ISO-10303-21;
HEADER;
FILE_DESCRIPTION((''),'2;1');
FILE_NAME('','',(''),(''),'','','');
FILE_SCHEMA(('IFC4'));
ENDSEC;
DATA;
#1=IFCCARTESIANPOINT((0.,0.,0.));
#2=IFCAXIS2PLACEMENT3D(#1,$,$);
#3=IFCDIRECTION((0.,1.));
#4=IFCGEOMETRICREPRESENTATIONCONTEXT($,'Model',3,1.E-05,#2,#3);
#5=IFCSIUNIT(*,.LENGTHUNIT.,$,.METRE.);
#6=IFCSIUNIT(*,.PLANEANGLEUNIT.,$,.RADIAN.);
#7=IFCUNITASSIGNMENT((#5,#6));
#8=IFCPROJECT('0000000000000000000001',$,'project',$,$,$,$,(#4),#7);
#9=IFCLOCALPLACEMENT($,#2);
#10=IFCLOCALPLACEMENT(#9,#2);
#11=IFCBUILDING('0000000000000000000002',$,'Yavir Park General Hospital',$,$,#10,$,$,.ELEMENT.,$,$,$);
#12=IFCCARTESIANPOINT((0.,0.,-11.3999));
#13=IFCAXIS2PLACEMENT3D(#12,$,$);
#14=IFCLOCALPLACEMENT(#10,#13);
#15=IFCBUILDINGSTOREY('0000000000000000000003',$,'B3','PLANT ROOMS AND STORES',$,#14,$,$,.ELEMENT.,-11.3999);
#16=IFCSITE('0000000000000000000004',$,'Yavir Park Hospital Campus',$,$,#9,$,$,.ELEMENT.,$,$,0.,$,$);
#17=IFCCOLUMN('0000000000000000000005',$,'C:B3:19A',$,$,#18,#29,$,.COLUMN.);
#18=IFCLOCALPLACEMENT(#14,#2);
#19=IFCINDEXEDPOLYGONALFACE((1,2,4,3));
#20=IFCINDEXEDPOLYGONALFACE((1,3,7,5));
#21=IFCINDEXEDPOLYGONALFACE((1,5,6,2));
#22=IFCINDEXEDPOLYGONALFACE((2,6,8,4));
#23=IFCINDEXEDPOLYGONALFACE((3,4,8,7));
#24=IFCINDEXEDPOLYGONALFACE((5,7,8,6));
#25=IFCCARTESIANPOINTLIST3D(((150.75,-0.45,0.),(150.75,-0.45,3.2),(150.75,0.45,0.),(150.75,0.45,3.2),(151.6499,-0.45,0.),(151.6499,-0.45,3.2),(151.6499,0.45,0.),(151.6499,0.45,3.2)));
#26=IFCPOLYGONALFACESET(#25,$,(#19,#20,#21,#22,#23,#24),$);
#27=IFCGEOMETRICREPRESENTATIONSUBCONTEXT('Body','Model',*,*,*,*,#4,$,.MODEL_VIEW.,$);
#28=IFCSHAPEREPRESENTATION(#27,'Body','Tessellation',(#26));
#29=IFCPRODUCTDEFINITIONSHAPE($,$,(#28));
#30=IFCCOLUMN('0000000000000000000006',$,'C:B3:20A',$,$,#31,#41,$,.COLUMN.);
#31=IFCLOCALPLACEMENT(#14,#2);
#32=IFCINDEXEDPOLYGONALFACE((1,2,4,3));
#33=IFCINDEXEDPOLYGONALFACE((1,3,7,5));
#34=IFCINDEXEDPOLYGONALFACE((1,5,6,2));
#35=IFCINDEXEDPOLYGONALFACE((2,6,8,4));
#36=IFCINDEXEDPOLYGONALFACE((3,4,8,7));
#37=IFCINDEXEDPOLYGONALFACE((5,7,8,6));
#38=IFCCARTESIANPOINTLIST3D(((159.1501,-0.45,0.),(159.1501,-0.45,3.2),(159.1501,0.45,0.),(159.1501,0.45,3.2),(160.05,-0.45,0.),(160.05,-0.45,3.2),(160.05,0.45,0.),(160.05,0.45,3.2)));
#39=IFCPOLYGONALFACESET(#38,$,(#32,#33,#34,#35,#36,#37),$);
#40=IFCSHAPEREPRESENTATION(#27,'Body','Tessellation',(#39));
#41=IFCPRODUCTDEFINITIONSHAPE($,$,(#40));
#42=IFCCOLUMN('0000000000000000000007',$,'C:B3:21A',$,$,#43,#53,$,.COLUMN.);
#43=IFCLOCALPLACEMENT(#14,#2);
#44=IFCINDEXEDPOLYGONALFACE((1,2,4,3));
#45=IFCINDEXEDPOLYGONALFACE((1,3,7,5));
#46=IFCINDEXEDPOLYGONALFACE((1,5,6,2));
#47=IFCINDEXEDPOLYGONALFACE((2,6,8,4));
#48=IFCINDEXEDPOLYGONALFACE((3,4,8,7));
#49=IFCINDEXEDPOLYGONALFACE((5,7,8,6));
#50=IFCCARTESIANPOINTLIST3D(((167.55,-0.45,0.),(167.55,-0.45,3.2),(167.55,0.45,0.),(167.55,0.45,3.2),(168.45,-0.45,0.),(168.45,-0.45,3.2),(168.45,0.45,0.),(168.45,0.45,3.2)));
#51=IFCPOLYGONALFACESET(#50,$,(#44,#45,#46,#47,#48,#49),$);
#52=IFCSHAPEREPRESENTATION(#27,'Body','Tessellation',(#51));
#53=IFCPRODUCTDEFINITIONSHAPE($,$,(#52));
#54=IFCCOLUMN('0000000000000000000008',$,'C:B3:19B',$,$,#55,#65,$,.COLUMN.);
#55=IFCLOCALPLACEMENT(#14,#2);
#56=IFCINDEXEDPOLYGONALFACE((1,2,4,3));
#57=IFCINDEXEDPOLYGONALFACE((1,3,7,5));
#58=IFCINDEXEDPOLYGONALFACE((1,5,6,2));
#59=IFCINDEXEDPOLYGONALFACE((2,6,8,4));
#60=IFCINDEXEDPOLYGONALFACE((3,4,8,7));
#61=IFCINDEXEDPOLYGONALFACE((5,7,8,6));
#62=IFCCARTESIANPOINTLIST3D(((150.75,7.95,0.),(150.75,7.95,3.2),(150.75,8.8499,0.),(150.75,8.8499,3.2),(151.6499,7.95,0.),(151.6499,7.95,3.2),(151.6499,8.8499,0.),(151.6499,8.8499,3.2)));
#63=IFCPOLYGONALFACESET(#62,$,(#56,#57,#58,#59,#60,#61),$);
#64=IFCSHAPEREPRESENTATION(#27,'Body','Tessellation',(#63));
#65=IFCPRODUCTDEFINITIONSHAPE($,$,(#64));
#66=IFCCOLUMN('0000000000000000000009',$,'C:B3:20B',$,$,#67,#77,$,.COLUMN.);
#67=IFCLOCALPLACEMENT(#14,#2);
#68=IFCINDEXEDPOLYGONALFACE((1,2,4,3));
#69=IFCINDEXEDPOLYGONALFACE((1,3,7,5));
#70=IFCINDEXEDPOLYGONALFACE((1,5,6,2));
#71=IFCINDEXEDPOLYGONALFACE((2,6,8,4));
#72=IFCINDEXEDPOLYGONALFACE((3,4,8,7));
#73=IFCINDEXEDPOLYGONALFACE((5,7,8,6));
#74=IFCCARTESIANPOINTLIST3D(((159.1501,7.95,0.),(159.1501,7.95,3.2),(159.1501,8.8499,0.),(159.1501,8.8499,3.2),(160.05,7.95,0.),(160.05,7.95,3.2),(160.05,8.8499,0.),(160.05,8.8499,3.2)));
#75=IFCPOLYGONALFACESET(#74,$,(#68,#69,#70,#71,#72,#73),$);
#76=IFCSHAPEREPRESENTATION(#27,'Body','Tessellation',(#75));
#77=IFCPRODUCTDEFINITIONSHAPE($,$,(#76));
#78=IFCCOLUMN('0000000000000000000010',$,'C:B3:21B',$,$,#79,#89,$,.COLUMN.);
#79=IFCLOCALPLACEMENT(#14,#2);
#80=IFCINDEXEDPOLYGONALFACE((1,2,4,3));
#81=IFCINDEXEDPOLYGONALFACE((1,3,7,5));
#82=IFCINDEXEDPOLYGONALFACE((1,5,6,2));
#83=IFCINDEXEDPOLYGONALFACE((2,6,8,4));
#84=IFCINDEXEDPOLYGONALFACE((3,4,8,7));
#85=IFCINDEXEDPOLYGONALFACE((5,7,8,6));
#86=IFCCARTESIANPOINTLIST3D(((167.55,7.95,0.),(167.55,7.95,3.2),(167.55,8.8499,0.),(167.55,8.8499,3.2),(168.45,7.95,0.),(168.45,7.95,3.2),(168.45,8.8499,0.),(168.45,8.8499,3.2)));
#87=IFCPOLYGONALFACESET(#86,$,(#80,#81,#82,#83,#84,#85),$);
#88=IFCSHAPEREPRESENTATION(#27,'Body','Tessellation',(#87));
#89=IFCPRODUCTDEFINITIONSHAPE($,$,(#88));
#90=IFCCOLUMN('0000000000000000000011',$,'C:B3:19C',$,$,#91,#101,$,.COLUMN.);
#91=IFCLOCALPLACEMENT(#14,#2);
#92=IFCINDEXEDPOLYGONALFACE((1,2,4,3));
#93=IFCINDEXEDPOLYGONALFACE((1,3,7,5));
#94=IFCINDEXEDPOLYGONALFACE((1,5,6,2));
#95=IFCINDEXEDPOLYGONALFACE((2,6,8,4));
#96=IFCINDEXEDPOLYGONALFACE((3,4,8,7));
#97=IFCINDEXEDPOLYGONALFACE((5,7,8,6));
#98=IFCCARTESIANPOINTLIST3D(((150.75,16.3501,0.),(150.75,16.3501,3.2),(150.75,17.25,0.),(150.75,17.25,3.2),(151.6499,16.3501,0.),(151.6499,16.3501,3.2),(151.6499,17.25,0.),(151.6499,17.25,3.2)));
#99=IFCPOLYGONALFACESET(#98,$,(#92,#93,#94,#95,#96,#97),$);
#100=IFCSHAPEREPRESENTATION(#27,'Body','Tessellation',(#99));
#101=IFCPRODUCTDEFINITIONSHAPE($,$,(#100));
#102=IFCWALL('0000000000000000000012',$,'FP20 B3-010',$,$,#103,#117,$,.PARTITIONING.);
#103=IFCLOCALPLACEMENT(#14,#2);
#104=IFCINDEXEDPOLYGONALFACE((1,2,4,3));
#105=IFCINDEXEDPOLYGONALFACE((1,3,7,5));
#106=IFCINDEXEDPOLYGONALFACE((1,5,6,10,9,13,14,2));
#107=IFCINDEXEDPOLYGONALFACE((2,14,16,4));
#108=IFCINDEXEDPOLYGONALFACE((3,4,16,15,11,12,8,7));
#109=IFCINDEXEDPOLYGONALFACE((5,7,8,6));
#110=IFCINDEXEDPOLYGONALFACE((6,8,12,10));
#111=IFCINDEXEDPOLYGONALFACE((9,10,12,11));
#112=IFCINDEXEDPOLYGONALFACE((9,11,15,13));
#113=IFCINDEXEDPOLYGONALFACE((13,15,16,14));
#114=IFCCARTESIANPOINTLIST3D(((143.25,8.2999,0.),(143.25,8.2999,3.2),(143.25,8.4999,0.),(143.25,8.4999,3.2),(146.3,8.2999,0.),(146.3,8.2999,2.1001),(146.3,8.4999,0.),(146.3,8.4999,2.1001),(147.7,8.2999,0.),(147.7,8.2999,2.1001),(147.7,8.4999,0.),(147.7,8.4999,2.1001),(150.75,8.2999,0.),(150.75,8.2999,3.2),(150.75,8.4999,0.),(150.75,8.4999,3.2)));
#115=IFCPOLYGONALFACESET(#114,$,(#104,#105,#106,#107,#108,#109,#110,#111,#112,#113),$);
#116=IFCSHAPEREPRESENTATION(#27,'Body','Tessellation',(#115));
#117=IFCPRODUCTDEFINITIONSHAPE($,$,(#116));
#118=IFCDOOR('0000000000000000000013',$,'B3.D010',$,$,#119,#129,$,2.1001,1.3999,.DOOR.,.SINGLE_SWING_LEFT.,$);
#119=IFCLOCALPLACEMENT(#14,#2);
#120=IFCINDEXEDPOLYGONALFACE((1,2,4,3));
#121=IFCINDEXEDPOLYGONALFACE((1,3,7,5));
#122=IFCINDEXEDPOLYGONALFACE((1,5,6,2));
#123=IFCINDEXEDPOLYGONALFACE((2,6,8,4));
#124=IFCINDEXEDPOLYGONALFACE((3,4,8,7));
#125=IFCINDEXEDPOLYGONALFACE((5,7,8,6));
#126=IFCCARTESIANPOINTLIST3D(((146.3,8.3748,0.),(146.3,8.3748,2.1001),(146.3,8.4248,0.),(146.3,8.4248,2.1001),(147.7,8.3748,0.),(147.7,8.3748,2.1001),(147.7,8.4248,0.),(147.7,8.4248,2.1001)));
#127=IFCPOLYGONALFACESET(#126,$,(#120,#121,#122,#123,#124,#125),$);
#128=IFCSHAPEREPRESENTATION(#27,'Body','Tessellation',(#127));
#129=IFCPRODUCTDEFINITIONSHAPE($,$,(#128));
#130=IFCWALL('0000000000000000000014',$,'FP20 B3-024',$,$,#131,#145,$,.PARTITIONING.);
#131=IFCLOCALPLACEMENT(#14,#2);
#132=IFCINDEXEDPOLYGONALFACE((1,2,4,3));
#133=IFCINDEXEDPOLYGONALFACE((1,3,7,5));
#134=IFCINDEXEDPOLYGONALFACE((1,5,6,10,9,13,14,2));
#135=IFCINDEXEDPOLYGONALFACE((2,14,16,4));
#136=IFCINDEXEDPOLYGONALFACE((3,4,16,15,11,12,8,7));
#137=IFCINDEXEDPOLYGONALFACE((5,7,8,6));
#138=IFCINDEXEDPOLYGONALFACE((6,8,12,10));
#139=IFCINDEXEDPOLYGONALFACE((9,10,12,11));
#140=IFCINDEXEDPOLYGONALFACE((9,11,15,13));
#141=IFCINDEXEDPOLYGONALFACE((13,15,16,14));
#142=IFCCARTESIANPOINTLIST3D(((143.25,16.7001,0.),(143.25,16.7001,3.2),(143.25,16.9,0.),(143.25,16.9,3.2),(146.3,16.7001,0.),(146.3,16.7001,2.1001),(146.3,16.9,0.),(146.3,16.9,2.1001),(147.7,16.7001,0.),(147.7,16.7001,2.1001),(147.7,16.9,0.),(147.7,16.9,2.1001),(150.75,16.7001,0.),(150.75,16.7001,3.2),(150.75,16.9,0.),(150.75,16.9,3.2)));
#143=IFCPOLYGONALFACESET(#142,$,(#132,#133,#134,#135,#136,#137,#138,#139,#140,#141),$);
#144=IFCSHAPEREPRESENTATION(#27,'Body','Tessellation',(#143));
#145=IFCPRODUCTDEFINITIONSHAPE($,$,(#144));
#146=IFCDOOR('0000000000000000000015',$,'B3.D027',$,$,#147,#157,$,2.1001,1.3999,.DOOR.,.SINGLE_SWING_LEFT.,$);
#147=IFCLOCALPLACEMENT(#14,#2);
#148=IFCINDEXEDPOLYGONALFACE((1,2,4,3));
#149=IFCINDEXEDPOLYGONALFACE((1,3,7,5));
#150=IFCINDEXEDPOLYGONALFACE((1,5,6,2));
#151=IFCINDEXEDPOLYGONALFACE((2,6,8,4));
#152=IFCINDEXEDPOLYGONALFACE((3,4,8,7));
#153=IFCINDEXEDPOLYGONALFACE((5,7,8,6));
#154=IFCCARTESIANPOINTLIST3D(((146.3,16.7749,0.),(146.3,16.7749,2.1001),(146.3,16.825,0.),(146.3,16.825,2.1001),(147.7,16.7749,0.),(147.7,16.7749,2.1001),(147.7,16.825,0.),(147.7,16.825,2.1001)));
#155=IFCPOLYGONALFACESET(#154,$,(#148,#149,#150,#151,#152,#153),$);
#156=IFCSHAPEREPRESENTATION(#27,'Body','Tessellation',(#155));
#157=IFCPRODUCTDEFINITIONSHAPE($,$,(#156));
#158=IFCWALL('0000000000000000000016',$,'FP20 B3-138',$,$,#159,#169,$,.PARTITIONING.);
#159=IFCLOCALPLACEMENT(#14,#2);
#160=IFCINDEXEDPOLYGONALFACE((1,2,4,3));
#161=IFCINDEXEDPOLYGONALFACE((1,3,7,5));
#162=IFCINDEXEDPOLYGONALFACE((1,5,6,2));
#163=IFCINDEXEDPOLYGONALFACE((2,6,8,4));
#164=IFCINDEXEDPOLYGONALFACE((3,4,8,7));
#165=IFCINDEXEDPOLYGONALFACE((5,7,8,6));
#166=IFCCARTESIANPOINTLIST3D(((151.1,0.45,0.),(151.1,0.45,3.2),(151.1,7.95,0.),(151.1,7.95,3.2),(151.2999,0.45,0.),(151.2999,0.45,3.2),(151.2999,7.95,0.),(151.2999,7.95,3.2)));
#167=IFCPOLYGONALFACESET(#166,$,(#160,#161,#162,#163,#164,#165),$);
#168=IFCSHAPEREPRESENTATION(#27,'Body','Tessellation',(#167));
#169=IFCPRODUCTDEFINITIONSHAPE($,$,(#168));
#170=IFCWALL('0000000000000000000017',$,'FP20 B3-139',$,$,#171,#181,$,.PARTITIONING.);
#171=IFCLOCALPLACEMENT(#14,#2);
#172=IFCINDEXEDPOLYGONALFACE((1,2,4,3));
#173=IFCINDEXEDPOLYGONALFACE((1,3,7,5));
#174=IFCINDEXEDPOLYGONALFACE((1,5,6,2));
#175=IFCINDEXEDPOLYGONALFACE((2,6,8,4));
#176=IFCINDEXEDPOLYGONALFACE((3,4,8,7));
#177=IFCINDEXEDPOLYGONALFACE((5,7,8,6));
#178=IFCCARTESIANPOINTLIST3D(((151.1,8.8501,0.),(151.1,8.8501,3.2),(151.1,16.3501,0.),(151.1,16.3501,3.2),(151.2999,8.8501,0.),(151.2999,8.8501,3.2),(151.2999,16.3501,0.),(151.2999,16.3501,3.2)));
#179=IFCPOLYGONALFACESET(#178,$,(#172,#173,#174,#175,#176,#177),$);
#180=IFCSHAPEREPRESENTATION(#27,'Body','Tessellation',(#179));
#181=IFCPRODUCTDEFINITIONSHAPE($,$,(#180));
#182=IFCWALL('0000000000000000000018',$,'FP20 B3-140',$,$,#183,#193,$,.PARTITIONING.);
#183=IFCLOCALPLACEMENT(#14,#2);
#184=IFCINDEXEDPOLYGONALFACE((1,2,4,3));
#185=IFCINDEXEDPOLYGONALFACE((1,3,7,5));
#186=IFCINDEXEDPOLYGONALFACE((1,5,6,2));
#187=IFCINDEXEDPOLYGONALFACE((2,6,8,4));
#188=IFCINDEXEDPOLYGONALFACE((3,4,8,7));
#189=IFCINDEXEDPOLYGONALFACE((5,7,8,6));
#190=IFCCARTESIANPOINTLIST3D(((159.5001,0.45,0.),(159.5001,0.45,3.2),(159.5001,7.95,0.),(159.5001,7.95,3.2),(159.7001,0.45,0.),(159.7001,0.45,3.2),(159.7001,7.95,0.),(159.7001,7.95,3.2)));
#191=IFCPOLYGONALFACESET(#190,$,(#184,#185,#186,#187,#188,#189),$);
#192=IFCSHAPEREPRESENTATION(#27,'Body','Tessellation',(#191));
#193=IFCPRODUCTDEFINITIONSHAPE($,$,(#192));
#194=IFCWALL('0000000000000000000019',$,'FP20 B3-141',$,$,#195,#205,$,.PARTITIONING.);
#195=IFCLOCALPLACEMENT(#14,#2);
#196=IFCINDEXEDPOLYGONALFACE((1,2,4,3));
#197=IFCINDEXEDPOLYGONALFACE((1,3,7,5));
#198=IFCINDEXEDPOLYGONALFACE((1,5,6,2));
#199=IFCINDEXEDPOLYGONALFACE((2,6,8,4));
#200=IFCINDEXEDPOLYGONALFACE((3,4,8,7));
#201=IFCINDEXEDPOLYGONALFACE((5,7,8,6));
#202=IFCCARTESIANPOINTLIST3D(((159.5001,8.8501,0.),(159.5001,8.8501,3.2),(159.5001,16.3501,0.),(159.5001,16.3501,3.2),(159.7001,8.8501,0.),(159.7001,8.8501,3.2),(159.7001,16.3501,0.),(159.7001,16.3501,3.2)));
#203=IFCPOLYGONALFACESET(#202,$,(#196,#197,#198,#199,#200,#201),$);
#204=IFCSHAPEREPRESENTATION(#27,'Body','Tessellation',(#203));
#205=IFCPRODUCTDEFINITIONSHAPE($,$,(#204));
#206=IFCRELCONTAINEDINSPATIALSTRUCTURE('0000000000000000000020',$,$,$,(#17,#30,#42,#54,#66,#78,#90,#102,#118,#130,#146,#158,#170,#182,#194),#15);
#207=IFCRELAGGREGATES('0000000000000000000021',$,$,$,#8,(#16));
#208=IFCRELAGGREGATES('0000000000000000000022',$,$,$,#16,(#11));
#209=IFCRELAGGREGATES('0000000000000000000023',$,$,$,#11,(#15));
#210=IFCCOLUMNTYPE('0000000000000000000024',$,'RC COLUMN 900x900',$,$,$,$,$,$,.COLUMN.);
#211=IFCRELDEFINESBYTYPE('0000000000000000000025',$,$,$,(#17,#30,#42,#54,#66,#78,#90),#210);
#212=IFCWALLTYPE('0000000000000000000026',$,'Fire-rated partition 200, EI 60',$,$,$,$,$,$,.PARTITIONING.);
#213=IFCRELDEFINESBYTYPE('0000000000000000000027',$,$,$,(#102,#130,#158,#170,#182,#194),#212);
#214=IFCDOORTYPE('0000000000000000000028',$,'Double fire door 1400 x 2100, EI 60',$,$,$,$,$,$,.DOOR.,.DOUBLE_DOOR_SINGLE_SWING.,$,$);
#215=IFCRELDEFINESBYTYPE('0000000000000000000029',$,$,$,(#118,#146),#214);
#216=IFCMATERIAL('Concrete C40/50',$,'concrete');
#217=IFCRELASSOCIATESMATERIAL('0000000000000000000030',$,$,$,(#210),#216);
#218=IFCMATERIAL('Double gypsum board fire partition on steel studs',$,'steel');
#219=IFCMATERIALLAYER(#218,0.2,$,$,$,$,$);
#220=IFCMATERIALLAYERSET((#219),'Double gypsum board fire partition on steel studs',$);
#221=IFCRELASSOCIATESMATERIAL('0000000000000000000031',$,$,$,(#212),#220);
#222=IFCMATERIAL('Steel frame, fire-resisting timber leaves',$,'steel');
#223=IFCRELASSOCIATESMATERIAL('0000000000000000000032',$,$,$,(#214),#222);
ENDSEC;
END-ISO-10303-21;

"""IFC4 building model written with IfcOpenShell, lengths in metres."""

from ifc_helpers import new_model, si_unit, direction, frame, frame_2d, origin, origin_2d, place, context, subcontext, project, spatial, rectangle, extrude, material, layer, layer_set, material_profile, profile_set, type_object, element, fill, save


model = new_model("IFC4")

# Units and contexts
model_context = context("Model", 3, precision=1e-05, world=origin(), true_north=direction((0.0, 1.0)))
body_context = subcontext(model_context, "Body", "Model", "MODEL_VIEW")
ifc_project = project(units=[si_unit("LENGTHUNIT", "METRE"), si_unit("PLANEANGLEUNIT", "RADIAN")], contexts=[model_context])

# Site, building, storey
site_placement = place(None, origin())
site = spatial("IfcSite", under=ifc_project, at=site_placement, Name="Yavir Park Hospital Campus", CompositionType="ELEMENT", RefElevation=0.0)
building_placement = place(site_placement, origin())
building = spatial("IfcBuilding", under=site, at=building_placement, Name="Yavir Park General Hospital", CompositionType="ELEMENT")
storey_placement = place(building_placement, frame((0.0, 0.0, -11.3999)))
storey = spatial("IfcBuildingStorey", under=building, at=storey_placement, Name="B3", Description="PLANT ROOMS AND STORES", CompositionType="ELEMENT", Elevation=-11.3999)

# Columns
ifc_material_1 = material(Name="Concrete C40/50", Category="concrete")
ifc_material_profile = material_profile(ifc_material_1, rectangle(XDim=0.8999, YDim=0.8999, at=origin_2d()), Name="RC900x900")
ifc_profile_set = profile_set([ifc_material_profile], Name="Concrete C40/50")
column_type = type_object("IfcColumnType", Name="RC COLUMN 900x900", PredefinedType="COLUMN", material=ifc_profile_set)
for number, where, z_axis, x_axis, name in (
    (1, (151.2, 0.0, 0.0), (0.0, 0.0, 1.0), (1.0, 0.0, 0.0), "C:B3:19A"),
    (2, (159.6001, 0.0, 0.0), (0.0, 0.0, 1.0), (1.0, 0.0, 0.0), "C:B3:20A"),
    (3, (168.0, 0.0, 0.0), (0.0, 0.0, 1.0), (1.0, 0.0, 0.0), "C:B3:21A"),
    (4, (151.2, 8.3999, 0.0), (0.0, 0.0, 1.0), (1.0, 0.0, 0.0), "C:B3:19B"),
    (5, (159.6001, 8.3999, 0.0), (0.0, 0.0, 1.0), (1.0, 0.0, 0.0), "C:B3:20B"),
    (6, (168.0, 8.3999, 0.0), (0.0, 0.0, 1.0), (1.0, 0.0, 0.0), "C:B3:21B"),
    (7, (151.2, 16.8, 0.0), (0.0, 0.0, 1.0), (1.0, 0.0, 0.0), "C:B3:19C"),
):
    element("IfcColumn", number, at=place(storey_placement, frame(where, z_axis=z_axis, x_axis=x_axis)), inside=storey, type_object=column_type, Name=name, PredefinedType="COLUMN", context=body_context, shape_type="SweptSolid", body=[
        extrude(rectangle(XDim=0.8999, YDim=0.8999, at=origin_2d()), origin(), (0.0, 0.0, 1.0), 3.2),
    ])

# Walls, openings, doors
ifc_material_2 = material(Name="Double gypsum board fire partition on steel studs", Category="steel")
ifc_layer_1 = layer(ifc_material_2, 0.2)
ifc_layer_set_1 = layer_set([ifc_layer_1], Name="Double gypsum board fire partition on steel studs")
wall_type_1 = type_object("IfcWallType", Name="Fire-rated partition 200, EI 60", PredefinedType="PARTITIONING", material=ifc_layer_set_1)
wall_1_placement = place(storey_placement, frame((143.25, 8.3999, 0.0), z_axis=(0.0, 0.0, 1.0), x_axis=(1.0, 0.0, 0.0)))
wall_1 = element("IfcWall", 8, at=wall_1_placement, inside=storey, type_object=wall_type_1, Name="FP20 B3-010", PredefinedType="PARTITIONING", context=body_context, shape_type="SweptSolid", body=[
    extrude(rectangle(XDim=7.5, YDim=0.2, at=frame_2d((3.75, 0.0))), origin(), (0.0, 0.0, 1.0), 3.2),
])
opening_1_placement = place(wall_1_placement, frame((3.05, 0.0, 0.0)))
opening_1 = element("IfcOpeningElement", 9, at=opening_1_placement, cuts=wall_1, PredefinedType="OPENING", context=body_context, shape_type="SweptSolid", body=[
    extrude(rectangle(XDim=1.3999, YDim=2.1001, at=frame_2d((0.7, 1.05))), frame((0.0, 0.1099, 0.0), z_axis=(0.0, -1.0, 0.0), x_axis=(1.0, 0.0, 0.0)), (0.0, 0.0, 1.0), 0.22),
])
ifc_material_3 = material(Name="Steel frame, fire-resisting timber leaves", Category="steel")
door_type = type_object("IfcDoorType", Name="Double fire door 1400 x 2100, EI 60", OperationType="DOUBLE_DOOR_SINGLE_SWING", PredefinedType="DOOR", material=ifc_material_3)
door_1_placement = place(opening_1_placement, origin())
door_1 = element("IfcDoor", 10, at=door_1_placement, inside=storey, type_object=door_type, Name="B3.D010", OperationType="SINGLE_SWING_LEFT", OverallHeight=2.1001, OverallWidth=1.3999, PredefinedType="DOOR", context=body_context, shape_type="SweptSolid", body=[
    extrude(rectangle(XDim=1.3999, YDim=2.1001, at=frame_2d((0.7, 1.05))), frame((0.0, 0.0249, 0.0), z_axis=(0.0, -1.0, 0.0), x_axis=(1.0, 0.0, 0.0)), (0.0, 0.0, 1.0), 0.05),
])
fill(opening_1, door_1)
wall_2_placement = place(storey_placement, frame((143.25, 16.8, 0.0), z_axis=(0.0, 0.0, 1.0), x_axis=(1.0, 0.0, 0.0)))
wall_2 = element("IfcWall", 11, at=wall_2_placement, inside=storey, type_object=wall_type_1, Name="FP20 B3-024", PredefinedType="PARTITIONING", context=body_context, shape_type="SweptSolid", body=[
    extrude(rectangle(XDim=7.5, YDim=0.2, at=frame_2d((3.75, 0.0))), origin(), (0.0, 0.0, 1.0), 3.2),
])
opening_2_placement = place(wall_2_placement, frame((3.05, 0.0, 0.0)))
opening_2 = element("IfcOpeningElement", 12, at=opening_2_placement, cuts=wall_2, PredefinedType="OPENING", context=body_context, shape_type="SweptSolid", body=[
    extrude(rectangle(XDim=1.3999, YDim=2.1001, at=frame_2d((0.7, 1.05))), frame((0.0, 0.1099, 0.0), z_axis=(0.0, -1.0, 0.0), x_axis=(1.0, 0.0, 0.0)), (0.0, 0.0, 1.0), 0.22),
])
door_2_placement = place(opening_2_placement, origin())
door_2 = element("IfcDoor", 13, at=door_2_placement, inside=storey, type_object=door_type, Name="B3.D027", OperationType="SINGLE_SWING_LEFT", OverallHeight=2.1001, OverallWidth=1.3999, PredefinedType="DOOR", context=body_context, shape_type="SweptSolid", body=[
    extrude(rectangle(XDim=1.3999, YDim=2.1001, at=frame_2d((0.7, 1.05))), frame((0.0, 0.0249, 0.0), z_axis=(0.0, -1.0, 0.0), x_axis=(1.0, 0.0, 0.0)), (0.0, 0.0, 1.0), 0.05),
])
fill(opening_2, door_2)

# Walls
for number, where, z_axis, x_axis, name in (
    (14, (151.2, 0.45, 0.0), (0.0, 0.0, 1.0), (0.0, 1.0, 0.0), "FP20 B3-138"),
    (15, (151.2, 8.8501, 0.0), (0.0, 0.0, 1.0), (0.0, 1.0, 0.0), "FP20 B3-139"),
    (16, (159.6001, 0.45, 0.0), (0.0, 0.0, 1.0), (0.0, 1.0, 0.0), "FP20 B3-140"),
    (17, (159.6001, 8.8501, 0.0), (0.0, 0.0, 1.0), (0.0, 1.0, 0.0), "FP20 B3-141"),
):
    element("IfcWall", number, at=place(storey_placement, frame(where, z_axis=z_axis, x_axis=x_axis)), inside=storey, type_object=wall_type_1, Name=name, PredefinedType="PARTITIONING", context=body_context, shape_type="SweptSolid", body=[
        extrude(rectangle(XDim=7.5, YDim=0.2, at=frame_2d((3.75, 0.0))), origin(), (0.0, 0.0, 1.0), 3.2),
    ])

save(model, "model.ifc")
